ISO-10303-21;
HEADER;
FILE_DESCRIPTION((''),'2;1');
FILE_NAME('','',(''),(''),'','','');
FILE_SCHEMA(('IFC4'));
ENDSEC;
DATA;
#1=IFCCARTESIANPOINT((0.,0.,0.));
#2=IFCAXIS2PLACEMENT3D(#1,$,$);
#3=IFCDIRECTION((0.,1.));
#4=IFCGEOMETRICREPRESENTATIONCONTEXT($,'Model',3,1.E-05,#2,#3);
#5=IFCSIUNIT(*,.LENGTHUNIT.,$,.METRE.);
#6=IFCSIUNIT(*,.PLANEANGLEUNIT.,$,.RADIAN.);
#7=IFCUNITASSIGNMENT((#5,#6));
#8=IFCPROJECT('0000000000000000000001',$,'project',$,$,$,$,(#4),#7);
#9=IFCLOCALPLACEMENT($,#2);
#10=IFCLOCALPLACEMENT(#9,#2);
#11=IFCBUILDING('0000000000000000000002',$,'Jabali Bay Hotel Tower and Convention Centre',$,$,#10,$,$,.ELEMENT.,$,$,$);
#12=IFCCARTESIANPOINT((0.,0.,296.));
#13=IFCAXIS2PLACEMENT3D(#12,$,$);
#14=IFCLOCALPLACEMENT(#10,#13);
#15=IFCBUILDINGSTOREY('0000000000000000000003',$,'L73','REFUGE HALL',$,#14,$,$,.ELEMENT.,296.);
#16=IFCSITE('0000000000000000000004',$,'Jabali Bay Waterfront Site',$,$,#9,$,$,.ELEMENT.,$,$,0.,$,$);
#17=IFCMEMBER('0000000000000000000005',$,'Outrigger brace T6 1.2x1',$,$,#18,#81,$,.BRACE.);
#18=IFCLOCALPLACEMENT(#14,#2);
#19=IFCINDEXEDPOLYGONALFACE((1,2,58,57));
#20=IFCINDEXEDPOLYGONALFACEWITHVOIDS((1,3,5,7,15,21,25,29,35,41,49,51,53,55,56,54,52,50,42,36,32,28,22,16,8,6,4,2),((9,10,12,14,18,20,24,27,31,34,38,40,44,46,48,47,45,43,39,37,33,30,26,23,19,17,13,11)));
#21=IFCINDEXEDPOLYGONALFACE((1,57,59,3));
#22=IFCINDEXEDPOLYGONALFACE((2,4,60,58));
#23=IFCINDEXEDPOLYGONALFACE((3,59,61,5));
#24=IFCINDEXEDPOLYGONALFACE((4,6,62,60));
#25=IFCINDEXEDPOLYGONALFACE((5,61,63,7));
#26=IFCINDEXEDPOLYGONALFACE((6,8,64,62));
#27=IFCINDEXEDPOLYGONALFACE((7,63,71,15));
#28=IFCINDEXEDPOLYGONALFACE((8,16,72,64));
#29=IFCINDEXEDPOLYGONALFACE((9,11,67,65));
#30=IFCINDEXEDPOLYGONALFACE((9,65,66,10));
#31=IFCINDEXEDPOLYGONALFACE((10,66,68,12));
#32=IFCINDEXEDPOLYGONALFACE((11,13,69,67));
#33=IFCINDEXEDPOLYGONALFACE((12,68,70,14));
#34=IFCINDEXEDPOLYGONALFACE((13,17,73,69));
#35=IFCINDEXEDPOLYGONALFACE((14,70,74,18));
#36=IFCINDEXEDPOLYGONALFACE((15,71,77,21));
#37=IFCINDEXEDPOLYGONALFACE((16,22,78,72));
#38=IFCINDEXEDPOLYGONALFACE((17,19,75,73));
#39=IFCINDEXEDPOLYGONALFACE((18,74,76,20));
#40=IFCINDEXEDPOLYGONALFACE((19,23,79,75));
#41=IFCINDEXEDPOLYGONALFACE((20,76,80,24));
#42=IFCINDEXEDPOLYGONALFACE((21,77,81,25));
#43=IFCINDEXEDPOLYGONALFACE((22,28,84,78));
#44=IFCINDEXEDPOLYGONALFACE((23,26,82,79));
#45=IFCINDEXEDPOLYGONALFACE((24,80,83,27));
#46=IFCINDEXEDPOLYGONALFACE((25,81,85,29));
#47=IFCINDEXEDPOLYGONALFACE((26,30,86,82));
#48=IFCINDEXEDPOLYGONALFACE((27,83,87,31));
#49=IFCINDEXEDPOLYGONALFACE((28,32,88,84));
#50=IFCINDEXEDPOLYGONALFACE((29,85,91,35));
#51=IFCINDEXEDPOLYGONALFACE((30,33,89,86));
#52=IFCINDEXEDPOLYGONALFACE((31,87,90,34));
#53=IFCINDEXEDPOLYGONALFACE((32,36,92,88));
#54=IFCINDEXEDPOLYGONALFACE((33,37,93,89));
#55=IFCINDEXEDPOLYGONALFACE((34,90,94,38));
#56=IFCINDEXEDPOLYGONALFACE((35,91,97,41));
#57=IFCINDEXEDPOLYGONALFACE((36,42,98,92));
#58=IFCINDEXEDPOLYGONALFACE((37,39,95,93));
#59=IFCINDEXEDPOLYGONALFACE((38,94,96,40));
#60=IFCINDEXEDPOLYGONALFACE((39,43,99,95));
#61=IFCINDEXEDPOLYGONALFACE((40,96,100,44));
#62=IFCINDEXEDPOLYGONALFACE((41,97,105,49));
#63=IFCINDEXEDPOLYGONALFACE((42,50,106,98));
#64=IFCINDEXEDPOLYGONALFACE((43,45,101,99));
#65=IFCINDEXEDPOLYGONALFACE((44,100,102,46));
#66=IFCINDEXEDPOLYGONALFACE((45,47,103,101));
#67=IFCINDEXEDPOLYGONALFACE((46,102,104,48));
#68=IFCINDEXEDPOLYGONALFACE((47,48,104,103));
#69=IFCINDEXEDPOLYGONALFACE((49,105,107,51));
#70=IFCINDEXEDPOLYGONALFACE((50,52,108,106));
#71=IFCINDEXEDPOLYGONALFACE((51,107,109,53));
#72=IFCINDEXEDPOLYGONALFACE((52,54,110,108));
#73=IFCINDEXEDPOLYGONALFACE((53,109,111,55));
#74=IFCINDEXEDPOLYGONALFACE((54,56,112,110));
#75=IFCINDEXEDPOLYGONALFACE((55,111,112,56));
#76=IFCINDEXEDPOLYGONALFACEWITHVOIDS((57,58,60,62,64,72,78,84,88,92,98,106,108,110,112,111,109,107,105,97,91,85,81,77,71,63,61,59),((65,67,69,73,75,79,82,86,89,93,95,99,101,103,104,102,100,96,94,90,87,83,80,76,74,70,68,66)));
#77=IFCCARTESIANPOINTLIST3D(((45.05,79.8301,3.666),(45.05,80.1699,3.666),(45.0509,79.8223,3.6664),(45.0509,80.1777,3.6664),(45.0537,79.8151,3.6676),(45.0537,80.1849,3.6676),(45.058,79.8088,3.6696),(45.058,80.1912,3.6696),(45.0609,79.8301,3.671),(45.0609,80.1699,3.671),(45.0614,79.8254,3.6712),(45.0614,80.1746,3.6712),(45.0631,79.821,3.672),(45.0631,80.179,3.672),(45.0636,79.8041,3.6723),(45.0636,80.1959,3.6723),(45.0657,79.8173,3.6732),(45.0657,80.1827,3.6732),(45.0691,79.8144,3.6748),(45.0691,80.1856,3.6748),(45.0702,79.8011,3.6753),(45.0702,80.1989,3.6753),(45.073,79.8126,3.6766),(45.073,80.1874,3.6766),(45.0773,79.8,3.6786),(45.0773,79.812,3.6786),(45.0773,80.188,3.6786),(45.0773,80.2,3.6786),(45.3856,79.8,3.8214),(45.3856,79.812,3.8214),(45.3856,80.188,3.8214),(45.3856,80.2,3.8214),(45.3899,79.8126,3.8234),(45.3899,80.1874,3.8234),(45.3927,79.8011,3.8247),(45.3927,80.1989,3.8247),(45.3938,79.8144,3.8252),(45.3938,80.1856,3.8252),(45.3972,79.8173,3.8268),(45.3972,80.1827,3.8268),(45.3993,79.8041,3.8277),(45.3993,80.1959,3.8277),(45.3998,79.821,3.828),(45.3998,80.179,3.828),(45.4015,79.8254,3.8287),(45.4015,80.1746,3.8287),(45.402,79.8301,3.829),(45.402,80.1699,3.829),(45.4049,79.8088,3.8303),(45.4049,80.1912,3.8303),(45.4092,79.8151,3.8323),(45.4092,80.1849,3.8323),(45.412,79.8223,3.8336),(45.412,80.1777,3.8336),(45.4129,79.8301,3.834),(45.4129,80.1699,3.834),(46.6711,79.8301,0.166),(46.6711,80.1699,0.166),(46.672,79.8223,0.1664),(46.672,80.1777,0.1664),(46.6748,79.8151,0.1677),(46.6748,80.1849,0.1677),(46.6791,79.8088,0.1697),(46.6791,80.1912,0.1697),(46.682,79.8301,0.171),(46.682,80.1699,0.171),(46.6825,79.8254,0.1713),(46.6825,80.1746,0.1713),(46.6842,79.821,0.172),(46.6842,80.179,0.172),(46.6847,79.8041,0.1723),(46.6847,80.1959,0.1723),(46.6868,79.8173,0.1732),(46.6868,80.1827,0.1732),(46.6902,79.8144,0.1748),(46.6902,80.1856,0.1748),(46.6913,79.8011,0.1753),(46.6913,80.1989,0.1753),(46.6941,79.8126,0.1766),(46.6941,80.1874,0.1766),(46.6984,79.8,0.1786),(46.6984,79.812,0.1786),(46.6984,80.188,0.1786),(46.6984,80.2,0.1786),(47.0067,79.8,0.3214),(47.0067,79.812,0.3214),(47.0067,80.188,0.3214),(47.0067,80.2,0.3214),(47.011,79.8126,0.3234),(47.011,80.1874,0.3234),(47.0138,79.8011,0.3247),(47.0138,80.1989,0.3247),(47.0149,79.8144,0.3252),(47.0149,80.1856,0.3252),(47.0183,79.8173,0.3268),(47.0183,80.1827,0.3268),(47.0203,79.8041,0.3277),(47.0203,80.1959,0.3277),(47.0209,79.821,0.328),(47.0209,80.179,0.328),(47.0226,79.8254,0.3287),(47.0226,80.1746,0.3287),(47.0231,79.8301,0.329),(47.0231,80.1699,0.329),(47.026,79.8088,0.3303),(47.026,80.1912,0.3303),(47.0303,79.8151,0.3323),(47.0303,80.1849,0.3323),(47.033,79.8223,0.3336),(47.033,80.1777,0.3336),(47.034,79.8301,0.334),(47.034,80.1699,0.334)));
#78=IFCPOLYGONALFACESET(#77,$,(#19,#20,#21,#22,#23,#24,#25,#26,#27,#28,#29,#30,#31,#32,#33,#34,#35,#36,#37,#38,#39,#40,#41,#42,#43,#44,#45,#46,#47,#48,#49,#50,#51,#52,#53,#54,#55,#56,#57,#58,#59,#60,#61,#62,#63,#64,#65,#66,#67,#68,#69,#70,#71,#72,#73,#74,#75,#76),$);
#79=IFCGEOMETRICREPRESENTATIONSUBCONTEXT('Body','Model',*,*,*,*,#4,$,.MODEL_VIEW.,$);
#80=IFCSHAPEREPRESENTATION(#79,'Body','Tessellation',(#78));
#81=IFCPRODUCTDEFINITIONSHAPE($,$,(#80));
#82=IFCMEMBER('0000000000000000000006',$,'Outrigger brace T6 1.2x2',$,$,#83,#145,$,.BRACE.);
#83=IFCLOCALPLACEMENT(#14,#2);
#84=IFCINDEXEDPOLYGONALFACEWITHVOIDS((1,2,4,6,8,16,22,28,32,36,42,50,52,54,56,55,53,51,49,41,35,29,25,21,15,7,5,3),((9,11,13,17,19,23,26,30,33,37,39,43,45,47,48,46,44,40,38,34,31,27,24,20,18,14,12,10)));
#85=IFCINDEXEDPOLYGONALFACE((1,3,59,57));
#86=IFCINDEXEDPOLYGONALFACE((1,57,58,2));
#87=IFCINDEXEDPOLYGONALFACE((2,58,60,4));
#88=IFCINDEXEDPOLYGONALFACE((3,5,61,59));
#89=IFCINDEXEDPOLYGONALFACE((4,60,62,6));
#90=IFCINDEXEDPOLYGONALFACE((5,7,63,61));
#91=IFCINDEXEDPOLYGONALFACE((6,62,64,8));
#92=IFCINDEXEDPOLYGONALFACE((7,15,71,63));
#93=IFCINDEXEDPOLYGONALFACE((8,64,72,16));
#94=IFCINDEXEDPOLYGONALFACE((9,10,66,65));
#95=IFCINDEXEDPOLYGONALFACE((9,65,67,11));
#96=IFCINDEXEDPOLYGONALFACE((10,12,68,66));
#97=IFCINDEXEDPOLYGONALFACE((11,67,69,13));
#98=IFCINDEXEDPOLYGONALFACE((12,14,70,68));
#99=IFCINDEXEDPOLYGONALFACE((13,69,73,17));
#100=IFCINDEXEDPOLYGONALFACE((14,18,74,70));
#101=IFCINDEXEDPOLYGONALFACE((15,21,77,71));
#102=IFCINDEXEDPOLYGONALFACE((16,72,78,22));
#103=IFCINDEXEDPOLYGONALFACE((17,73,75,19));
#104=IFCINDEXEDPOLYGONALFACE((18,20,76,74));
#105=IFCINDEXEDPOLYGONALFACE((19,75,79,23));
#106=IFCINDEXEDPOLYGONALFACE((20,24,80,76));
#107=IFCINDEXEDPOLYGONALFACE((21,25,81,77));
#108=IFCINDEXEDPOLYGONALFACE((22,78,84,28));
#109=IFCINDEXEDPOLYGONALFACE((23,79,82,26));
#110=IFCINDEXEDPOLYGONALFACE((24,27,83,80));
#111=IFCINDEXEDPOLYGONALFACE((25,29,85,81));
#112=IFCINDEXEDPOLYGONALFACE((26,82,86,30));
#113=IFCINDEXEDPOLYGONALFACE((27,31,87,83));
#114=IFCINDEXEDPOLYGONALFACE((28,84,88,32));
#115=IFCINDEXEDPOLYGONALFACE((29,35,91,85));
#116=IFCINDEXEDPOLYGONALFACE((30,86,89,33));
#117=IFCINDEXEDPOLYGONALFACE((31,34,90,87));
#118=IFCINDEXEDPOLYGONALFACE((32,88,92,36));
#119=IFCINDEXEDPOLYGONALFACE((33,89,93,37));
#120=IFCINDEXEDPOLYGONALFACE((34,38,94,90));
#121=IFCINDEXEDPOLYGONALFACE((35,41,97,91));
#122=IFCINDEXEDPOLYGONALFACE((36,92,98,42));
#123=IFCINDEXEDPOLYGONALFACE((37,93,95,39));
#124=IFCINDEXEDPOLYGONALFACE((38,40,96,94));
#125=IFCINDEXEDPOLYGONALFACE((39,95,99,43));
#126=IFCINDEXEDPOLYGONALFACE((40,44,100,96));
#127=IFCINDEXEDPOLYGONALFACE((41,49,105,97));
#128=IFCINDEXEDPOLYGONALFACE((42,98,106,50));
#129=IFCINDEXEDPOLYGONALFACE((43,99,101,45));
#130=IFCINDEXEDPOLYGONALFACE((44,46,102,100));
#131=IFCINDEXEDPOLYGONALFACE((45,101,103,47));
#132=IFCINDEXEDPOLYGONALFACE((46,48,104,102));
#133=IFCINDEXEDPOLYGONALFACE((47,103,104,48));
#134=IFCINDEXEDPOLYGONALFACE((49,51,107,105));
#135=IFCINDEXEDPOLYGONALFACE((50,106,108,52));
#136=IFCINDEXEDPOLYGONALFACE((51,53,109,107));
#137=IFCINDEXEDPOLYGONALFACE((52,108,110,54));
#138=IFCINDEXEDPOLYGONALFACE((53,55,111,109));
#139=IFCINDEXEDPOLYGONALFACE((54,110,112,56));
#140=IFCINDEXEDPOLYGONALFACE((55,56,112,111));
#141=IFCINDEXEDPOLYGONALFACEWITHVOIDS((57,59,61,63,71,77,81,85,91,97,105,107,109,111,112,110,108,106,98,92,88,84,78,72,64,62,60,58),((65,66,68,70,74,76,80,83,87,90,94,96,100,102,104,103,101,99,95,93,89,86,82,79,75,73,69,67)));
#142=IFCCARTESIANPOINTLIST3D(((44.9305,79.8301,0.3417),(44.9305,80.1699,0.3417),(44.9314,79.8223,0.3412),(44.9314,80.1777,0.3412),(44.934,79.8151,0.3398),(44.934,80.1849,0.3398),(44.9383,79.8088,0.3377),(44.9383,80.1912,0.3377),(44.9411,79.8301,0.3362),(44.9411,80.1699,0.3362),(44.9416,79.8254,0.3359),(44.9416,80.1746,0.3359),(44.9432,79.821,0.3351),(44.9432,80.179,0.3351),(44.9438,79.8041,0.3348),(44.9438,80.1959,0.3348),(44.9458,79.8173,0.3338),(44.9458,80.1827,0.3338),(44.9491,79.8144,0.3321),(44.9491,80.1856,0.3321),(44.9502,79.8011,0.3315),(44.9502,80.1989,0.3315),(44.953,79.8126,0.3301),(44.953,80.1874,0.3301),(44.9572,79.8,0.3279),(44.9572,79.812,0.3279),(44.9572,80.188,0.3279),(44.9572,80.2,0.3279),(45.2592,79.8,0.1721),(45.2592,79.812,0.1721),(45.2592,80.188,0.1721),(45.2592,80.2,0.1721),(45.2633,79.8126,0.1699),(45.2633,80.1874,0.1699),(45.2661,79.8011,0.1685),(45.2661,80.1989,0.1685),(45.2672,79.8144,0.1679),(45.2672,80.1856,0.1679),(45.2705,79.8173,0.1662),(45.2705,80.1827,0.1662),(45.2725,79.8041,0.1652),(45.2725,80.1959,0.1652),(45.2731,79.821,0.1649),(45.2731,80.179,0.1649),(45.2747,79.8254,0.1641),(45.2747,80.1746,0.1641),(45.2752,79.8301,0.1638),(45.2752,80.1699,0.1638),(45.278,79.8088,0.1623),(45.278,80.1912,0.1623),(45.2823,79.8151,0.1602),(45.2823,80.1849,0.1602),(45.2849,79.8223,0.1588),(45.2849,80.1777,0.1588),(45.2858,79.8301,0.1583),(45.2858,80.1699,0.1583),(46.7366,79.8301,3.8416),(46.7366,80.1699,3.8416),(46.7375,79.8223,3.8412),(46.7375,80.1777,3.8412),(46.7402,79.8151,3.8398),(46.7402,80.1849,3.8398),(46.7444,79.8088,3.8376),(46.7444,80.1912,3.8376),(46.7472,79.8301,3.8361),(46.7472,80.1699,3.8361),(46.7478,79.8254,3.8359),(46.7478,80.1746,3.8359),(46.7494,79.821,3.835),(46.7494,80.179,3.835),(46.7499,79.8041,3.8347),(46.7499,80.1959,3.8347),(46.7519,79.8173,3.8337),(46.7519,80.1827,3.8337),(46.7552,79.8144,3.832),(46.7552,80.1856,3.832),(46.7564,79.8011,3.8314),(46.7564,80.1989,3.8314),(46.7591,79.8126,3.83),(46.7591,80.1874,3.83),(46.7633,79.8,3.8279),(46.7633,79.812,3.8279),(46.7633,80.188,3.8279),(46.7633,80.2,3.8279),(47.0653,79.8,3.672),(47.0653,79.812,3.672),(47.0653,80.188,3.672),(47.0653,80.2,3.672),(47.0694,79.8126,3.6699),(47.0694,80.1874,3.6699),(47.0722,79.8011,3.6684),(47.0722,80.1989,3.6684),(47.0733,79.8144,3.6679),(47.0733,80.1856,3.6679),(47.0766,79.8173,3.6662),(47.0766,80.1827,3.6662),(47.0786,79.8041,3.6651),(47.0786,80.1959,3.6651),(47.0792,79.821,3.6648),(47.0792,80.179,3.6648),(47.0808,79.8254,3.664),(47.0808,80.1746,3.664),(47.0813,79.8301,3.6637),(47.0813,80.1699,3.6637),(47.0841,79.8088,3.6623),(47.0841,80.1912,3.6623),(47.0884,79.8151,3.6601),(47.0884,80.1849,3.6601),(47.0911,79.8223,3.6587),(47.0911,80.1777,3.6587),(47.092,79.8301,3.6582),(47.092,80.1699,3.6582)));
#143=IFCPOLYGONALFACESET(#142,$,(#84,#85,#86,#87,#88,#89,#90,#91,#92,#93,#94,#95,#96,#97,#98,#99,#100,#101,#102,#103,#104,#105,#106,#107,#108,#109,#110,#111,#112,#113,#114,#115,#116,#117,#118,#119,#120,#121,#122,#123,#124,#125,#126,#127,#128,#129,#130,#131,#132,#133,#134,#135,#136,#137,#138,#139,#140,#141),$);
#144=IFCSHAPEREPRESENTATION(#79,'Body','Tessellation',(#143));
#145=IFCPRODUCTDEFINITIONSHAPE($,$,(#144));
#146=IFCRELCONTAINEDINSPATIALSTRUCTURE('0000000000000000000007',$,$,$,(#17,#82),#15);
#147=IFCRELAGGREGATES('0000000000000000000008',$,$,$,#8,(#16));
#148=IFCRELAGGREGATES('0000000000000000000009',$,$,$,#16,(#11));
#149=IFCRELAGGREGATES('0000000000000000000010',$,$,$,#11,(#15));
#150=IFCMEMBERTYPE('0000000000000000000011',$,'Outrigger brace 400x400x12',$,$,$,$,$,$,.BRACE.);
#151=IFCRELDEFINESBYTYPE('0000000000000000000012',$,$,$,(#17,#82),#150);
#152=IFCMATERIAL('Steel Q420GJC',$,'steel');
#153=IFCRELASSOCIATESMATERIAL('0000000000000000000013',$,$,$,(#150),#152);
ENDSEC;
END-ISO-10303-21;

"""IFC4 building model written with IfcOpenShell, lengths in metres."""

from ifc_helpers import new_model, si_unit, direction, frame, origin, origin_2d, place, context, subcontext, project, spatial, hollow_rectangle, extrude, material, material_profile, profile_set, type_object, element, save


model = new_model("IFC4")

# Units and contexts
model_context = context("Model", 3, precision=1e-05, world=origin(), true_north=direction((0.0, 1.0)))
body_context = subcontext(model_context, "Body", "Model", "MODEL_VIEW")
ifc_project = project(units=[si_unit("LENGTHUNIT", "METRE"), si_unit("PLANEANGLEUNIT", "RADIAN")], contexts=[model_context])

# Site, building, storey
site_placement = place(None, origin())
site = spatial("IfcSite", under=ifc_project, at=site_placement, Name="Jabali Bay Waterfront Site", CompositionType="ELEMENT", RefElevation=0.0)
building_placement = place(site_placement, origin())
building = spatial("IfcBuilding", under=site, at=building_placement, Name="Jabali Bay Hotel Tower and Convention Centre", CompositionType="ELEMENT")
storey_placement = place(building_placement, frame((0.0, 0.0, 296.0)))
storey = spatial("IfcBuildingStorey", under=building, at=storey_placement, Name="L73", Description="REFUGE HALL", CompositionType="ELEMENT", Elevation=296.0)

# Members
ifc_material_1 = material(Name="Steel Q420GJC", Category="steel")
ifc_material_profile_1 = material_profile(ifc_material_1, hollow_rectangle(XDim=0.3999, YDim=0.3999, WallThickness=0.012, InnerFilletRadius=0.0181, OuterFilletRadius=0.03, at=origin_2d()), Name="Outrigger brace 400x400x12")
ifc_profile_set_1 = profile_set([ifc_material_profile_1], Name="Steel Q420GJC")
member_type_1 = type_object("IfcMemberType", Name="Outrigger brace 400x400x12", PredefinedType="BRACE", material=ifc_profile_set_1)
member_1_placement = place(storey_placement, frame((46.8525, 80.0, 0.25), z_axis=(-0.420278, 0.0, 0.907395), x_axis=(0.0, -1.0, 0.0)))
element("IfcMember", 1, at=member_1_placement, inside=storey, type_object=member_type_1, Name="Outrigger brace T6 1.2x1", PredefinedType="BRACE", context=body_context, shape_type="SweptSolid", body=[
    extrude(hollow_rectangle(XDim=0.3999, YDim=0.3999, WallThickness=0.012, InnerFilletRadius=0.0181, OuterFilletRadius=0.03, at=origin_2d()), origin(), (0.0, 0.0, 1.0), 3.8572),
])
member_2_placement = place(storey_placement, frame((45.1082, 80.0, 0.25), z_axis=(0.458583, 0.0, 0.888652), x_axis=(0.0, 1.0, 0.0)))
element("IfcMember", 2, at=member_2_placement, inside=storey, type_object=member_type_1, Name="Outrigger brace T6 1.2x2", PredefinedType="BRACE", context=body_context, shape_type="SweptSolid", body=[
    extrude(hollow_rectangle(XDim=0.3999, YDim=0.3999, WallThickness=0.012, InnerFilletRadius=0.0181, OuterFilletRadius=0.03, at=origin_2d()), origin(), (0.0, 0.0, 1.0), 3.9385),
])

save(model, "model.ifc")
